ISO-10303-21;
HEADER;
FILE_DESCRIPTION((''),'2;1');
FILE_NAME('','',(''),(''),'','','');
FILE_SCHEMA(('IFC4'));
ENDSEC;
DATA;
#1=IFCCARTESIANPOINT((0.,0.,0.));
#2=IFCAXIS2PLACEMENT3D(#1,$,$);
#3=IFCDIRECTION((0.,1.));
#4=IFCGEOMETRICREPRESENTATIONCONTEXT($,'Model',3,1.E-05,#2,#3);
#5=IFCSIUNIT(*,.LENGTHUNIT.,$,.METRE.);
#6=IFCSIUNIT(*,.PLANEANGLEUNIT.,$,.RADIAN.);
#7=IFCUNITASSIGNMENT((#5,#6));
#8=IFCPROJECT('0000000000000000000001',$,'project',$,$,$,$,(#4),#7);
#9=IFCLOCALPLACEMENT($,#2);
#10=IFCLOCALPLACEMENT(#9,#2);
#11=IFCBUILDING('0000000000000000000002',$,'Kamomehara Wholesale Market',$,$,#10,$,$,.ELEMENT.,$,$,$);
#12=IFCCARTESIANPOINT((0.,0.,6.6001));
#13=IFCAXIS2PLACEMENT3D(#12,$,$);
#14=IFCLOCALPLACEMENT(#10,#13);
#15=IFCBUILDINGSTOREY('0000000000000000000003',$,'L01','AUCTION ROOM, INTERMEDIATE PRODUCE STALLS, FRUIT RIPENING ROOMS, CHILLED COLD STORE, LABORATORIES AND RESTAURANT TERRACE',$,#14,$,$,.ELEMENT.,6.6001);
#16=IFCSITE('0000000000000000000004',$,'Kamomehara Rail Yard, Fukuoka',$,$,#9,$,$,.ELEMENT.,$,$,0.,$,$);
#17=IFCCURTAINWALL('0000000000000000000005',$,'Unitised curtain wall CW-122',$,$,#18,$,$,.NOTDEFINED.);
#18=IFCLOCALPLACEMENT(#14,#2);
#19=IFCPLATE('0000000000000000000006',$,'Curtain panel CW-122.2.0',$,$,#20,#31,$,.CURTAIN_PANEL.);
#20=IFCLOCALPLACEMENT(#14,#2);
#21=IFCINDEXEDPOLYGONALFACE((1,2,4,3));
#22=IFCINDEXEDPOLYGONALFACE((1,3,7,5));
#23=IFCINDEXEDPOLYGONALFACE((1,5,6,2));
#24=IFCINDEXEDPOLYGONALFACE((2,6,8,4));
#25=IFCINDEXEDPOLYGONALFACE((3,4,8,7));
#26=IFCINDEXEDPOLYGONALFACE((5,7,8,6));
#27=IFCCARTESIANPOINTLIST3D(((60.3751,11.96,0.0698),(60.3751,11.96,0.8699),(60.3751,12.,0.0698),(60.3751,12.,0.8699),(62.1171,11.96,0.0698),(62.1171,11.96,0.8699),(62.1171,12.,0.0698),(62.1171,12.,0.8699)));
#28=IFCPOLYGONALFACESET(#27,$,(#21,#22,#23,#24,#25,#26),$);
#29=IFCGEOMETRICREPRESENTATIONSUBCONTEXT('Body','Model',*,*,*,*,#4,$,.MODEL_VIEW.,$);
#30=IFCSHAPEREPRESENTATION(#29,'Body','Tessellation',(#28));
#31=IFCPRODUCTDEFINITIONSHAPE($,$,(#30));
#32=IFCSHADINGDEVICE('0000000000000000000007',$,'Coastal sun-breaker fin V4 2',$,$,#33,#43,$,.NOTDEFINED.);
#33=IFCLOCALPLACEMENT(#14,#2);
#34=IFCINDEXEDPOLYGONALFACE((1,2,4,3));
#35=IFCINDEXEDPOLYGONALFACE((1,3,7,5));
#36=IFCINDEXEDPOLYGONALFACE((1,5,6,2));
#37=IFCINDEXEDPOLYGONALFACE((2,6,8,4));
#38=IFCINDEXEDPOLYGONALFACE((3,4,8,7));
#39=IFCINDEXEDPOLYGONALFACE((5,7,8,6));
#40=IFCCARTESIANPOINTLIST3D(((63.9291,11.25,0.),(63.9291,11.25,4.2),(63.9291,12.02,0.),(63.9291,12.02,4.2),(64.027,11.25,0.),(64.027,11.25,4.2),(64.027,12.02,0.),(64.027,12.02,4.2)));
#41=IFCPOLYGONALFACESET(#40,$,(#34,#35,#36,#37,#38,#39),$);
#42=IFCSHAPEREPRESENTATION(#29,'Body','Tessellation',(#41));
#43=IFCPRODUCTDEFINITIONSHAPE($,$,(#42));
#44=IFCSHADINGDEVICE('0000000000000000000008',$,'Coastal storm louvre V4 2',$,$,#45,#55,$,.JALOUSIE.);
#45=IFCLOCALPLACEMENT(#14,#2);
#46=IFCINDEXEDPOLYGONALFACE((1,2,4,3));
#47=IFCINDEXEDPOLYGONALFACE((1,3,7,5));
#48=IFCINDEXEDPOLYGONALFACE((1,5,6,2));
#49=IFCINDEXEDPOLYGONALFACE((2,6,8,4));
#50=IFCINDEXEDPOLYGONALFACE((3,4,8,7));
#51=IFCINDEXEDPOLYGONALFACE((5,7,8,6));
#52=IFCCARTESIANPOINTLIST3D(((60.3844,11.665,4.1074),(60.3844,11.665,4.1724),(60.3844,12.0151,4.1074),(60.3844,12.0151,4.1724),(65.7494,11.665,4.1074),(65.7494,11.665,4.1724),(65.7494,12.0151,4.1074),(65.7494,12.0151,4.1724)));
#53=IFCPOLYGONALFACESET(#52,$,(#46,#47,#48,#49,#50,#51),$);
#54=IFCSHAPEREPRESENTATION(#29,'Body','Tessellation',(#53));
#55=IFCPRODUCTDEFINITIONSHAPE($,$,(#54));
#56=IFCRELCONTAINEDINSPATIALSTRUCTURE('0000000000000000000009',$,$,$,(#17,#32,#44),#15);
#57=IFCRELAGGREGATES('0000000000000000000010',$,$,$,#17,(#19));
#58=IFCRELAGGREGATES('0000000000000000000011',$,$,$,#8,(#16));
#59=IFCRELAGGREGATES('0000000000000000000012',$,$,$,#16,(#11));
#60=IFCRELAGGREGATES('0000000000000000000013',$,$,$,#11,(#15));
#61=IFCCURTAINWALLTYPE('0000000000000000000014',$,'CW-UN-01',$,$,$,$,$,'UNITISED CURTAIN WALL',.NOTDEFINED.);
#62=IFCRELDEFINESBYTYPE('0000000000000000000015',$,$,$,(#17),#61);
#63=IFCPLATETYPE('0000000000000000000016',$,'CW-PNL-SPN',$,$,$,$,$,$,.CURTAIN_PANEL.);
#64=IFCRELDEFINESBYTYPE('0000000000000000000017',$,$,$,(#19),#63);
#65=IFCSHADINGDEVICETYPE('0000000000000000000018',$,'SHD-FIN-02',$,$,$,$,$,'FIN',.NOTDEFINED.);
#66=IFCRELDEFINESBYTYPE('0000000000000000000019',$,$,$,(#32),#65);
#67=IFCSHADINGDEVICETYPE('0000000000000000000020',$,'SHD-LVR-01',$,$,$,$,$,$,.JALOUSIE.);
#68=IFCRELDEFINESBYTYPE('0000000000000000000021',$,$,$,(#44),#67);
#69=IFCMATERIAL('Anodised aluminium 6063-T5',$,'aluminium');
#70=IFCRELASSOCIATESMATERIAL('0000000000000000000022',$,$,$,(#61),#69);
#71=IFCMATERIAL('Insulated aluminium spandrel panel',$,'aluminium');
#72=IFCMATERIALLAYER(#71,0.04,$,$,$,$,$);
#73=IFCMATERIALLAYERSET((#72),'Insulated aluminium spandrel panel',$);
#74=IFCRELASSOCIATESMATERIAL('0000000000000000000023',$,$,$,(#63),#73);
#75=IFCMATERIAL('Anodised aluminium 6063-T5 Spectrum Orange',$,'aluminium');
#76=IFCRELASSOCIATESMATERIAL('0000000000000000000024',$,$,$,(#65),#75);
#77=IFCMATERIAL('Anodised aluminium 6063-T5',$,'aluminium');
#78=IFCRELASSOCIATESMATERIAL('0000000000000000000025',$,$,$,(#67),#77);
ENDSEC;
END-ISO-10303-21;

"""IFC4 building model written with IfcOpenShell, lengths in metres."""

from ifc_helpers import new_model, si_unit, direction, frame, origin, origin_2d, place, context, subcontext, project, spatial, rectangle, extrude, material, layer, layer_set, type_object, element, aggregate, save


model = new_model("IFC4")

# Units and contexts
model_context = context("Model", 3, precision=1e-05, world=origin(), true_north=direction((0.0, 1.0)))
body_context = subcontext(model_context, "Body", "Model", "MODEL_VIEW")
ifc_project = project(units=[si_unit("LENGTHUNIT", "METRE"), si_unit("PLANEANGLEUNIT", "RADIAN")], contexts=[model_context])

# Site, building, storey
site_placement = place(None, origin())
site = spatial("IfcSite", under=ifc_project, at=site_placement, Name="Kamomehara Rail Yard, Fukuoka", CompositionType="ELEMENT", RefElevation=0.0)
building_placement = place(site_placement, origin())
building = spatial("IfcBuilding", under=site, at=building_placement, Name="Kamomehara Wholesale Market", CompositionType="ELEMENT")
storey_placement = place(building_placement, frame((0.0, 0.0, 6.6001)))
storey = spatial("IfcBuildingStorey", under=building, at=storey_placement, Name="L01", Description="AUCTION ROOM, INTERMEDIATE PRODUCE STALLS, FRUIT RIPENING ROOMS, CHILLED COLD STORE, LABORATORIES AND RESTAURANT TERRACE", CompositionType="ELEMENT", Elevation=6.6001)

# Shared definitions
ifc_material_1 = material(Name="Anodised aluminium 6063-T5", Category="aluminium")
curtain_wall_type = type_object("IfcCurtainWallType", Name="CW-UN-01", ElementType="UNITISED CURTAIN WALL", PredefinedType="NOTDEFINED", material=ifc_material_1)

# Curtain wall
curtain_wall_1_placement = place(storey_placement, origin())
curtain_wall_1 = element("IfcCurtainWall", 1, at=curtain_wall_1_placement, inside=storey, type_object=curtain_wall_type, Name="Unitised curtain wall CW-122", PredefinedType="NOTDEFINED")

# Plate
ifc_material_2 = material(Name="Insulated aluminium spandrel panel", Category="aluminium")
ifc_layer_1 = layer(ifc_material_2, 0.04)
ifc_layer_set_1 = layer_set([ifc_layer_1], Name="Insulated aluminium spandrel panel")
plate_type_1 = type_object("IfcPlateType", Name="CW-PNL-SPN", PredefinedType="CURTAIN_PANEL", material=ifc_layer_set_1)
plate_1_placement = place(storey_placement, frame((61.2461, 11.98, 0.0698), z_axis=(0.0, 0.0, 1.0), x_axis=(-1.0, 0.0, 0.0)))
plate_1 = element("IfcPlate", 2, at=plate_1_placement, type_object=plate_type_1, Name="Curtain panel CW-122.2.0", PredefinedType="CURTAIN_PANEL", context=body_context, shape_type="SweptSolid", body=[
    extrude(rectangle(XDim=1.7419, YDim=0.04, at=origin_2d()), origin(), (0.0, 0.0, 1.0), 0.8),
])
aggregate(curtain_wall_1, [plate_1])

# Shading devices
ifc_material_3 = material(Name="Anodised aluminium 6063-T5 Spectrum Orange", Category="aluminium")
shading_device_type_1 = type_object("IfcShadingDeviceType", Name="SHD-FIN-02", ElementType="FIN", PredefinedType="NOTDEFINED", material=ifc_material_3)
shading_device_1_placement = place(storey_placement, frame((63.978, 11.635, 0.0), z_axis=(0.0, 0.0, 1.0), x_axis=(1.0, 0.0, 0.0)))
element("IfcShadingDevice", 3, at=shading_device_1_placement, inside=storey, type_object=shading_device_type_1, Name="Coastal sun-breaker fin V4 2", PredefinedType="NOTDEFINED", context=body_context, shape_type="SweptSolid", body=[
    extrude(rectangle(XDim=0.0979, YDim=0.77, at=origin_2d()), origin(), (0.0, 0.0, 1.0), 4.2),
])
ifc_material_4 = material(Name="Anodised aluminium 6063-T5", Category="aluminium")
shading_device_type_2 = type_object("IfcShadingDeviceType", Name="SHD-LVR-01", PredefinedType="JALOUSIE", material=ifc_material_4)
shading_device_2_placement = place(storey_placement, frame((63.0669, 11.8401, 4.1074), z_axis=(0.0, 0.0, 1.0), x_axis=(1.0, 0.0, 0.0)))
element("IfcShadingDevice", 4, at=shading_device_2_placement, inside=storey, type_object=shading_device_type_2, Name="Coastal storm louvre V4 2", PredefinedType="JALOUSIE", context=body_context, shape_type="SweptSolid", body=[
    extrude(rectangle(XDim=5.365, YDim=0.3501, at=origin_2d()), origin(), (0.0, 0.0, 1.0), 0.0649),
])

save(model, "model.ifc")
